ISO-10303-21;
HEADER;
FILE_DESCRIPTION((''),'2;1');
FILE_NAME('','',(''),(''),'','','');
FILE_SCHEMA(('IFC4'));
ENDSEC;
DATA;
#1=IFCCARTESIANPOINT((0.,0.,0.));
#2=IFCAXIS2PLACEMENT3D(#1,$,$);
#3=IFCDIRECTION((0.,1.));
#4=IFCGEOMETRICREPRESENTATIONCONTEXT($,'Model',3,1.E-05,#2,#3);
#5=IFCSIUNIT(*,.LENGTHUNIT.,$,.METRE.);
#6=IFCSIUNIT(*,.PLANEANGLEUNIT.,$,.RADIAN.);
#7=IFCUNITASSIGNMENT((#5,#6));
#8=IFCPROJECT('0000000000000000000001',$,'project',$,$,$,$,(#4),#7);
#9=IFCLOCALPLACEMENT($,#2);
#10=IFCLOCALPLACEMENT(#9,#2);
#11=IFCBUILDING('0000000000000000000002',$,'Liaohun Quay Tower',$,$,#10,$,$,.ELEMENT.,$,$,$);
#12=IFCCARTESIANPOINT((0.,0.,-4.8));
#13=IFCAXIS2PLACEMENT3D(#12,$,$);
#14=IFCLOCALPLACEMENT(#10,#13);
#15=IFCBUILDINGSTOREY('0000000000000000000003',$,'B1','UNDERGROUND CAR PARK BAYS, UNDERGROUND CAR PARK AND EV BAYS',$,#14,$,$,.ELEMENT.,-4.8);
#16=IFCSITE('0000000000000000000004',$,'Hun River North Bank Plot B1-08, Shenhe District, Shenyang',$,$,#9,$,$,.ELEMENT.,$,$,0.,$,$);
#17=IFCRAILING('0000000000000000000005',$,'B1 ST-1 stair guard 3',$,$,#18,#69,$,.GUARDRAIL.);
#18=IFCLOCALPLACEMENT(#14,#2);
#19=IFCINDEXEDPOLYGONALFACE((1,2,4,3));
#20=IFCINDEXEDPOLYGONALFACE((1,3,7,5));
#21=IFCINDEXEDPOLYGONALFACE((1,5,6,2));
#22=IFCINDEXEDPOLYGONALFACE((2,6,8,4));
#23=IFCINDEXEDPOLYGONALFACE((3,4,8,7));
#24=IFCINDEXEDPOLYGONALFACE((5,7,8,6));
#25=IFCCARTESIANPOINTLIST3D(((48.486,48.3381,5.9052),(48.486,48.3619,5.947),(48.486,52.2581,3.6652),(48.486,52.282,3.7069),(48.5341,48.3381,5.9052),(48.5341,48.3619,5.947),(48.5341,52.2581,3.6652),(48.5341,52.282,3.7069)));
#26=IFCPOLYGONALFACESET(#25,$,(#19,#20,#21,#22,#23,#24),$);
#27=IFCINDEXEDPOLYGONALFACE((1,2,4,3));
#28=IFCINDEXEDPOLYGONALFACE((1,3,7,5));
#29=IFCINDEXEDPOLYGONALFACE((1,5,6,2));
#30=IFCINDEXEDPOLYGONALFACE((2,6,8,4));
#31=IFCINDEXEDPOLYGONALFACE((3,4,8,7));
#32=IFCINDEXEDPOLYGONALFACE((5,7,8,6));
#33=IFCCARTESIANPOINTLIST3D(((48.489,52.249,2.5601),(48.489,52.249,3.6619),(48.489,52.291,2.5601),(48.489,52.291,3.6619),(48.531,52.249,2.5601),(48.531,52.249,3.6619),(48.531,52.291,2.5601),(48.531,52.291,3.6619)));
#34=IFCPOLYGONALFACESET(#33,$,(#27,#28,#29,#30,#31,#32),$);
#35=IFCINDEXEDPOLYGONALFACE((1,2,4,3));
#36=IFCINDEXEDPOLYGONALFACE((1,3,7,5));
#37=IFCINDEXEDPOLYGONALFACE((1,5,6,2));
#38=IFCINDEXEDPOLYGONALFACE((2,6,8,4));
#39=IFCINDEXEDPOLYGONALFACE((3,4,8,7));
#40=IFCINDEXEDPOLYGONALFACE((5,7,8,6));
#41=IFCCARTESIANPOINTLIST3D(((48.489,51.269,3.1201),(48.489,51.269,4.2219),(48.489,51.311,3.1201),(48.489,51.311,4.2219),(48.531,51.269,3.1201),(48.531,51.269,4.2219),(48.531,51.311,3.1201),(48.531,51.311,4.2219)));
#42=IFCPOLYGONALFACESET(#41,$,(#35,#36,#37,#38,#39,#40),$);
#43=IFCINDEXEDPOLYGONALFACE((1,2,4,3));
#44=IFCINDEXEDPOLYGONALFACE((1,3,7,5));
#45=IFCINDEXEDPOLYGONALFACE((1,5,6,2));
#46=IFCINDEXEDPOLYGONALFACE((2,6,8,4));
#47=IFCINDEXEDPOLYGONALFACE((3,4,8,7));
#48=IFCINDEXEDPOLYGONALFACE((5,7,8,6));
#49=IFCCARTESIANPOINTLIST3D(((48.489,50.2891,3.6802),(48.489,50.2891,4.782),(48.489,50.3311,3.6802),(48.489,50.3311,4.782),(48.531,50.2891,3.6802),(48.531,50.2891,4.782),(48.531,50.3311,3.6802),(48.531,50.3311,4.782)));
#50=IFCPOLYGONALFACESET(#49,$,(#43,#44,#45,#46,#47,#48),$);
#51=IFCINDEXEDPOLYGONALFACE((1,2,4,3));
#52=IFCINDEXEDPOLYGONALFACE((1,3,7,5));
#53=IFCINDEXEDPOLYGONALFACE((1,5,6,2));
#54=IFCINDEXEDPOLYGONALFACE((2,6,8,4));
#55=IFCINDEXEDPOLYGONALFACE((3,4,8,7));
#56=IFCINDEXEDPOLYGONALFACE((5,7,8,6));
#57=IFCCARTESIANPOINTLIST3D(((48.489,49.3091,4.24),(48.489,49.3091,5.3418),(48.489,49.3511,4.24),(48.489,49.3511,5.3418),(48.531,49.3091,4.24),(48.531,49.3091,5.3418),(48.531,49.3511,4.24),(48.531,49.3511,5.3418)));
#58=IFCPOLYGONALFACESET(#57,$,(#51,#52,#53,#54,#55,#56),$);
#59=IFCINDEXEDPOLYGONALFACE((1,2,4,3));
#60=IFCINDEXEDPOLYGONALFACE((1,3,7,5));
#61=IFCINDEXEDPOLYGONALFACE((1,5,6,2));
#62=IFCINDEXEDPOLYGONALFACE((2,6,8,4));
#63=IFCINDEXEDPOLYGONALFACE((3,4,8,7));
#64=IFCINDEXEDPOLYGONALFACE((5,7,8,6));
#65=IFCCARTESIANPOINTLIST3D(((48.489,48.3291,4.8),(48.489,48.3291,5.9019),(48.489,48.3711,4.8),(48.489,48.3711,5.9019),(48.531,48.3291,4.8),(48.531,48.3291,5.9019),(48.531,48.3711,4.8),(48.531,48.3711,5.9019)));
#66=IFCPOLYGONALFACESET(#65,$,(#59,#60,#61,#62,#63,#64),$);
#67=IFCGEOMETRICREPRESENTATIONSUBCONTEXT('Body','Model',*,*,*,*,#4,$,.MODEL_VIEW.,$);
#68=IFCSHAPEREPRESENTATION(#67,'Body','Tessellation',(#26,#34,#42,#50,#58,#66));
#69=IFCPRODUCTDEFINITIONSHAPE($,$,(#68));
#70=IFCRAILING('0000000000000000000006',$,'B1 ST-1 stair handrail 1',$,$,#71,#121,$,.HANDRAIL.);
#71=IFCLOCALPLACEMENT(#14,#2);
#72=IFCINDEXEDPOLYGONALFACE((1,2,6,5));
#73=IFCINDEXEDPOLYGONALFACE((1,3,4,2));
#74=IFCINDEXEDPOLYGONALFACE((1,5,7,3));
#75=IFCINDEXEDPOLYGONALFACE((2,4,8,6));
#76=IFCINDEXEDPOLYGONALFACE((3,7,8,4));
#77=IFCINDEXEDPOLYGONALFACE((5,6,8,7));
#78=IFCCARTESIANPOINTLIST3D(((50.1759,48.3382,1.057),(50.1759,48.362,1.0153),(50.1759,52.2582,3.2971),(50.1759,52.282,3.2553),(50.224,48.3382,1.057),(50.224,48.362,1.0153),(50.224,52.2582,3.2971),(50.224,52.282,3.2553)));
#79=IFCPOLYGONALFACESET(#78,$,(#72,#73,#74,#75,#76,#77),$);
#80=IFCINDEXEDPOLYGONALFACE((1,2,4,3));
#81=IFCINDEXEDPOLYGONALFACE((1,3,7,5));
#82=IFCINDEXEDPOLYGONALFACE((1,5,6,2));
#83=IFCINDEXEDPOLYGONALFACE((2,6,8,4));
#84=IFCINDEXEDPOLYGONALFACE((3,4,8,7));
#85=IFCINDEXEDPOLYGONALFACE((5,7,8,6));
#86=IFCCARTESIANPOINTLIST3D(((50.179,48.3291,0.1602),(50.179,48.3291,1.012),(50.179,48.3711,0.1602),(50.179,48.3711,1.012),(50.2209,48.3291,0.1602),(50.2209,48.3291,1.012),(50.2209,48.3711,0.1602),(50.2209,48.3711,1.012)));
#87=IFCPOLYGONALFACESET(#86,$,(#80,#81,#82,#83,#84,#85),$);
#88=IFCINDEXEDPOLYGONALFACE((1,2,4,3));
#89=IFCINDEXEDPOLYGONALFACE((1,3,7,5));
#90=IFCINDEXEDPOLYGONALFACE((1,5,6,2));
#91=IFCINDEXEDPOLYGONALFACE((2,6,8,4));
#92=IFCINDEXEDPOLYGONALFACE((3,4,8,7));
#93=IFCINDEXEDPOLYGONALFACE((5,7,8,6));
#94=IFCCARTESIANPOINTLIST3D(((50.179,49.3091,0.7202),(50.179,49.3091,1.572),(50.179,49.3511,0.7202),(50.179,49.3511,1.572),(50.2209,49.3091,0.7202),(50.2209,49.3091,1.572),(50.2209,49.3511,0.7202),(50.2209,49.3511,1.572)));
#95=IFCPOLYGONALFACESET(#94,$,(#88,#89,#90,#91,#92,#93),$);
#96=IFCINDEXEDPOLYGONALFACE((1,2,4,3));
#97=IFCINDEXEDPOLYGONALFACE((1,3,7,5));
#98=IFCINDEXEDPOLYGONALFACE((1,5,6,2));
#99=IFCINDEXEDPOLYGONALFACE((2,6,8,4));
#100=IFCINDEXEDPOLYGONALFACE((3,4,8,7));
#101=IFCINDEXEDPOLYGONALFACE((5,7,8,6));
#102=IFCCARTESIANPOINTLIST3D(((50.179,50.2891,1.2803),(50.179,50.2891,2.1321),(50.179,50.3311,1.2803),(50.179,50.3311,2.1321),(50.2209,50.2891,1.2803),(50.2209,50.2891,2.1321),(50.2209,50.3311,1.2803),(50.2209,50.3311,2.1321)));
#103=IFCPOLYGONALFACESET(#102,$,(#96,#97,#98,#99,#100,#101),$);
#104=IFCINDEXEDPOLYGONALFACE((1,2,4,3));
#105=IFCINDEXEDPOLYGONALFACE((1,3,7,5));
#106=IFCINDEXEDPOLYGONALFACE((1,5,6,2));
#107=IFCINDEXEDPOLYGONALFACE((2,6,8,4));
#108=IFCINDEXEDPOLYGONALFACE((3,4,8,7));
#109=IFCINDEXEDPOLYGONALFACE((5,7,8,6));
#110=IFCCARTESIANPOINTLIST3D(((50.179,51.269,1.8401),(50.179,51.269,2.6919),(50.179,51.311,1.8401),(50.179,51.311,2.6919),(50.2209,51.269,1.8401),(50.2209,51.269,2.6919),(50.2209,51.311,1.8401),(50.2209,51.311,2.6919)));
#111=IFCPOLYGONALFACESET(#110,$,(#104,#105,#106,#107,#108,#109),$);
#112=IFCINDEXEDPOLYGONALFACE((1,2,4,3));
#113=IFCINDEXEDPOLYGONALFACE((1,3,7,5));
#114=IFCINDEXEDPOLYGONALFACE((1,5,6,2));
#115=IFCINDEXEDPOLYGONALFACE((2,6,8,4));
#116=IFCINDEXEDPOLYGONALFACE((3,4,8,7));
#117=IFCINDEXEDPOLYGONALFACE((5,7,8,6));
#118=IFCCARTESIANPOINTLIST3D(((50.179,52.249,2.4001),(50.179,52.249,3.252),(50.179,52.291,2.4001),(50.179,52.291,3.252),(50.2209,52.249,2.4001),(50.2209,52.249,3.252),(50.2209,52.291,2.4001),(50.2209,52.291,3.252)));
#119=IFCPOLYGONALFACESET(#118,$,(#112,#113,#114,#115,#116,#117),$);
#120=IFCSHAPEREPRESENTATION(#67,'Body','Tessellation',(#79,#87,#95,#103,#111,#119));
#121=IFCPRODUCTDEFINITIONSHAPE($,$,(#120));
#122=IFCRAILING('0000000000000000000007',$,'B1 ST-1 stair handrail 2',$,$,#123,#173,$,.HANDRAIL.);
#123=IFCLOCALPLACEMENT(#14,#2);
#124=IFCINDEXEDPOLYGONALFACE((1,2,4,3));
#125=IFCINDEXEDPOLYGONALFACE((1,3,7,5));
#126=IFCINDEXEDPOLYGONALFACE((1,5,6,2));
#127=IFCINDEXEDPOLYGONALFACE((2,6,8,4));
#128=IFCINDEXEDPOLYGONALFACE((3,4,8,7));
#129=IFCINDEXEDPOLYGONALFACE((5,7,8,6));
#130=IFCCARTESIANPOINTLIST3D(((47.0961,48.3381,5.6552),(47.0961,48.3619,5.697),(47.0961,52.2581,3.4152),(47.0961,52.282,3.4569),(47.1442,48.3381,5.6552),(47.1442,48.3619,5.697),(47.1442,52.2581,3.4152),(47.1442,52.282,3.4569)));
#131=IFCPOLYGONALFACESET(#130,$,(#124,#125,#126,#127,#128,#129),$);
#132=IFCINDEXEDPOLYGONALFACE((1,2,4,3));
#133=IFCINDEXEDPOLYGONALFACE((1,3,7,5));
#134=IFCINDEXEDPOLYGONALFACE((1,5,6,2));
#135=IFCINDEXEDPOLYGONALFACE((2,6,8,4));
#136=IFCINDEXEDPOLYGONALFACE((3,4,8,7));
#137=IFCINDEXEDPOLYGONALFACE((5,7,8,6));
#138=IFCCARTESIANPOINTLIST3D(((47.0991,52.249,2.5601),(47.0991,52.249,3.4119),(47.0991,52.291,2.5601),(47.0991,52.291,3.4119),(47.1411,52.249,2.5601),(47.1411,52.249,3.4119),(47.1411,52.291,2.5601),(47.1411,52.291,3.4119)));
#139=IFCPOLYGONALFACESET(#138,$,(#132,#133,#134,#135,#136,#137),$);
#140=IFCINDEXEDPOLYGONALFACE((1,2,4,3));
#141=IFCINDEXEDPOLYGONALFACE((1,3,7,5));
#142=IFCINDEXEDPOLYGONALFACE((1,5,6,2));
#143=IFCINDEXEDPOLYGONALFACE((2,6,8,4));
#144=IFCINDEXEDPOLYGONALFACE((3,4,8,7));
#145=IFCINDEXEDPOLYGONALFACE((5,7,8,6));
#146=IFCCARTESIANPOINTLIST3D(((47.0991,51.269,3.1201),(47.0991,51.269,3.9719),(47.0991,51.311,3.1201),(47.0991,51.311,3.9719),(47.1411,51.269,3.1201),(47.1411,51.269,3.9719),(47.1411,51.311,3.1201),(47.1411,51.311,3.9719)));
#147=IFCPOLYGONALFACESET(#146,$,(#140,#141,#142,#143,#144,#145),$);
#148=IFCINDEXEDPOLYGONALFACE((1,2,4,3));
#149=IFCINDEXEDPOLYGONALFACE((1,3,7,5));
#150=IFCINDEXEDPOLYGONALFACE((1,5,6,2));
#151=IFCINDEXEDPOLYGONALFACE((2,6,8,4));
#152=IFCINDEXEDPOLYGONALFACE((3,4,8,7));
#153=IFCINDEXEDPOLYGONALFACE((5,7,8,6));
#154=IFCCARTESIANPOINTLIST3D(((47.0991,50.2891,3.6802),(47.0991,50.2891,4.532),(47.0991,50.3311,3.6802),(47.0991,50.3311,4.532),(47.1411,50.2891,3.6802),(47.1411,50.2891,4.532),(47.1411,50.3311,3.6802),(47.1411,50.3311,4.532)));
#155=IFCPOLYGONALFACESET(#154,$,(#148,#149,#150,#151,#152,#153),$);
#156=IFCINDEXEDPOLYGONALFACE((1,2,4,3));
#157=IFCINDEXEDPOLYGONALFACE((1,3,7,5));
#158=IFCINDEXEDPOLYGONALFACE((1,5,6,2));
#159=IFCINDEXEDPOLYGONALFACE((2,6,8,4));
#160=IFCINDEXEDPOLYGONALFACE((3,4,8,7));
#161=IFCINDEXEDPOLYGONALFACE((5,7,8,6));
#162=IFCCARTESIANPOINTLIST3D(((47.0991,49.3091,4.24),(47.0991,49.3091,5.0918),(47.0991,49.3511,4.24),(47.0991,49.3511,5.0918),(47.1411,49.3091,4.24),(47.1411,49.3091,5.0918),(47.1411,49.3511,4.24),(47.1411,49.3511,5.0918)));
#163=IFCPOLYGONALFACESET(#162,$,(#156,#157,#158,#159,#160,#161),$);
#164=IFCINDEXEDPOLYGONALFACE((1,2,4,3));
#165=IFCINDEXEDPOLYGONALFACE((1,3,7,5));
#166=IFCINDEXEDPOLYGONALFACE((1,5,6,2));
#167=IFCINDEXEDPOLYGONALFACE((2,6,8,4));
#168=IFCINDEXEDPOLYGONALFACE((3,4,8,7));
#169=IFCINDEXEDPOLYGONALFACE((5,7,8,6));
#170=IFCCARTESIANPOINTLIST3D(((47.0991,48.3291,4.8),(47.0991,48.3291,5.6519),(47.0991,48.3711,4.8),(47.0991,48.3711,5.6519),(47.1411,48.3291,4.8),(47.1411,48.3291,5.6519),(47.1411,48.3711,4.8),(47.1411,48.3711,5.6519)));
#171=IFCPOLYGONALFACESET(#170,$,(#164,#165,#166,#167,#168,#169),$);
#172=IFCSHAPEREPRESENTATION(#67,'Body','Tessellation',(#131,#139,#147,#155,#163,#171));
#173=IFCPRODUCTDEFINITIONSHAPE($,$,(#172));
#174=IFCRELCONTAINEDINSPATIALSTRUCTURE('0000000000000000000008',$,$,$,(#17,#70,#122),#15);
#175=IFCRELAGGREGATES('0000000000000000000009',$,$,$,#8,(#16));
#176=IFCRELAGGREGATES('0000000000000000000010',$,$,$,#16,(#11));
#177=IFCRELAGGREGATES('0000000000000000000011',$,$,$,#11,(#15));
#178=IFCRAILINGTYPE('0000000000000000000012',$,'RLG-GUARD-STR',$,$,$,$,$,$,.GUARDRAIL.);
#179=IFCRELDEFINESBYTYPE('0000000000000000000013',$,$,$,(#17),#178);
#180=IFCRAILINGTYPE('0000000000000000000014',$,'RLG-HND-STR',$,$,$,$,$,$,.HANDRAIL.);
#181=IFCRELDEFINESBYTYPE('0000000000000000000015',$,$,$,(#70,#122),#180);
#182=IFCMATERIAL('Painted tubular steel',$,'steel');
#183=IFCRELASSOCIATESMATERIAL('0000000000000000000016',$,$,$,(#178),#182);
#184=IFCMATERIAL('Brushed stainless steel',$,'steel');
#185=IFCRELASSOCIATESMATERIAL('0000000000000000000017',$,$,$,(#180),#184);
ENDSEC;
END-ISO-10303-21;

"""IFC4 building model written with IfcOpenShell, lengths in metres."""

from ifc_helpers import new_model, si_unit, direction, frame, origin, origin_2d, place, context, subcontext, project, spatial, rectangle, extrude, material, type_object, element, save


model = new_model("IFC4")

# Units and contexts
model_context = context("Model", 3, precision=1e-05, world=origin(), true_north=direction((0.0, 1.0)))
body_context = subcontext(model_context, "Body", "Model", "MODEL_VIEW")
ifc_project = project(units=[si_unit("LENGTHUNIT", "METRE"), si_unit("PLANEANGLEUNIT", "RADIAN")], contexts=[model_context])

# Site, building, storey
site_placement = place(None, origin())
site = spatial("IfcSite", under=ifc_project, at=site_placement, Name="Hun River North Bank Plot B1-08, Shenhe District, Shenyang", CompositionType="ELEMENT", RefElevation=0.0)
building_placement = place(site_placement, origin())
building = spatial("IfcBuilding", under=site, at=building_placement, Name="Liaohun Quay Tower", CompositionType="ELEMENT")
storey_placement = place(building_placement, frame((0.0, 0.0, -4.8)))
storey = spatial("IfcBuildingStorey", under=building, at=storey_placement, Name="B1", Description="UNDERGROUND CAR PARK BAYS, UNDERGROUND CAR PARK AND EV BAYS", CompositionType="ELEMENT", Elevation=-4.8)

# Railings
ifc_material_1 = material(Name="Painted tubular steel", Category="steel")
railing_type_1 = type_object("IfcRailingType", Name="RLG-GUARD-STR", PredefinedType="GUARDRAIL", material=ifc_material_1)
railing_1_placement = place(storey_placement, frame((48.51, 52.27, 2.5601)))
element("IfcRailing", 1, at=railing_1_placement, inside=storey, type_object=railing_type_1, Name="B1 ST-1 stair guard 3", PredefinedType="GUARDRAIL", context=body_context, shape_type="SweptSolid", body=[
    extrude(rectangle(XDim=0.0481, YDim=0.0481, at=origin_2d()), frame((0.0, 0.0, 1.126), z_axis=(0.0, -0.86824, 0.496145), x_axis=(1.0, 0.0, 0.0)), (0.0, 0.0, 1.0), 4.5149),
    extrude(rectangle(XDim=0.042, YDim=0.042, at=origin_2d()), origin(), (0.0, 0.0, 1.0), 1.1018),
    extrude(rectangle(XDim=0.042, YDim=0.042, at=origin_2d()), frame((0.0, -0.98, 0.5601)), (0.0, 0.0, 1.0), 1.1018),
    extrude(rectangle(XDim=0.042, YDim=0.042, at=origin_2d()), frame((0.0, -1.96, 1.1201)), (0.0, 0.0, 1.0), 1.1018),
    extrude(rectangle(XDim=0.042, YDim=0.042, at=origin_2d()), frame((0.0, -2.9399, 1.6799)), (0.0, 0.0, 1.0), 1.1018),
    extrude(rectangle(XDim=0.042, YDim=0.042, at=origin_2d()), frame((0.0, -3.9199, 2.24)), (0.0, 0.0, 1.0), 1.1018),
])
ifc_material_2 = material(Name="Brushed stainless steel", Category="steel")
railing_type_2 = type_object("IfcRailingType", Name="RLG-HND-STR", PredefinedType="HANDRAIL", material=ifc_material_2)
railing_2_placement = place(storey_placement, frame((50.2, 48.3501, 0.1602)))
element("IfcRailing", 2, at=railing_2_placement, inside=storey, type_object=railing_type_2, Name="B1 ST-1 stair handrail 1", PredefinedType="HANDRAIL", context=body_context, shape_type="SweptSolid", body=[
    extrude(rectangle(XDim=0.0481, YDim=0.0481, at=origin_2d()), frame((0.0, 0.0, 0.876), z_axis=(0.0, 0.86824, 0.496145), x_axis=(-1.0, 0.0, 0.0)), (0.0, 0.0, 1.0), 4.5149),
    extrude(rectangle(XDim=0.042, YDim=0.042, at=origin_2d()), origin(), (0.0, 0.0, 1.0), 0.8518),
    extrude(rectangle(XDim=0.042, YDim=0.042, at=origin_2d()), frame((0.0, 0.98, 0.5601)), (0.0, 0.0, 1.0), 0.8518),
    extrude(rectangle(XDim=0.042, YDim=0.042, at=origin_2d()), frame((0.0, 1.96, 1.1201)), (0.0, 0.0, 1.0), 0.8518),
    extrude(rectangle(XDim=0.042, YDim=0.042, at=origin_2d()), frame((0.0, 2.9399, 1.6799)), (0.0, 0.0, 1.0), 0.8518),
    extrude(rectangle(XDim=0.042, YDim=0.042, at=origin_2d()), frame((0.0, 3.9199, 2.24)), (0.0, 0.0, 1.0), 0.8518),
])
railing_3_placement = place(storey_placement, frame((47.1201, 52.27, 2.5601)))
element("IfcRailing", 3, at=railing_3_placement, inside=storey, type_object=railing_type_2, Name="B1 ST-1 stair handrail 2", PredefinedType="HANDRAIL", context=body_context, shape_type="SweptSolid", body=[
    extrude(rectangle(XDim=0.0481, YDim=0.0481, at=origin_2d()), frame((0.0, 0.0, 0.876), z_axis=(0.0, -0.86824, 0.496145), x_axis=(1.0, 0.0, 0.0)), (0.0, 0.0, 1.0), 4.5149),
    extrude(rectangle(XDim=0.042, YDim=0.042, at=origin_2d()), origin(), (0.0, 0.0, 1.0), 0.8518),
    extrude(rectangle(XDim=0.042, YDim=0.042, at=origin_2d()), frame((0.0, -0.98, 0.5601)), (0.0, 0.0, 1.0), 0.8518),
    extrude(rectangle(XDim=0.042, YDim=0.042, at=origin_2d()), frame((0.0, -1.96, 1.1201)), (0.0, 0.0, 1.0), 0.8518),
    extrude(rectangle(XDim=0.042, YDim=0.042, at=origin_2d()), frame((0.0, -2.9399, 1.6799)), (0.0, 0.0, 1.0), 0.8518),
    extrude(rectangle(XDim=0.042, YDim=0.042, at=origin_2d()), frame((0.0, -3.9199, 2.24)), (0.0, 0.0, 1.0), 0.8518),
])

save(model, "model.ifc")
